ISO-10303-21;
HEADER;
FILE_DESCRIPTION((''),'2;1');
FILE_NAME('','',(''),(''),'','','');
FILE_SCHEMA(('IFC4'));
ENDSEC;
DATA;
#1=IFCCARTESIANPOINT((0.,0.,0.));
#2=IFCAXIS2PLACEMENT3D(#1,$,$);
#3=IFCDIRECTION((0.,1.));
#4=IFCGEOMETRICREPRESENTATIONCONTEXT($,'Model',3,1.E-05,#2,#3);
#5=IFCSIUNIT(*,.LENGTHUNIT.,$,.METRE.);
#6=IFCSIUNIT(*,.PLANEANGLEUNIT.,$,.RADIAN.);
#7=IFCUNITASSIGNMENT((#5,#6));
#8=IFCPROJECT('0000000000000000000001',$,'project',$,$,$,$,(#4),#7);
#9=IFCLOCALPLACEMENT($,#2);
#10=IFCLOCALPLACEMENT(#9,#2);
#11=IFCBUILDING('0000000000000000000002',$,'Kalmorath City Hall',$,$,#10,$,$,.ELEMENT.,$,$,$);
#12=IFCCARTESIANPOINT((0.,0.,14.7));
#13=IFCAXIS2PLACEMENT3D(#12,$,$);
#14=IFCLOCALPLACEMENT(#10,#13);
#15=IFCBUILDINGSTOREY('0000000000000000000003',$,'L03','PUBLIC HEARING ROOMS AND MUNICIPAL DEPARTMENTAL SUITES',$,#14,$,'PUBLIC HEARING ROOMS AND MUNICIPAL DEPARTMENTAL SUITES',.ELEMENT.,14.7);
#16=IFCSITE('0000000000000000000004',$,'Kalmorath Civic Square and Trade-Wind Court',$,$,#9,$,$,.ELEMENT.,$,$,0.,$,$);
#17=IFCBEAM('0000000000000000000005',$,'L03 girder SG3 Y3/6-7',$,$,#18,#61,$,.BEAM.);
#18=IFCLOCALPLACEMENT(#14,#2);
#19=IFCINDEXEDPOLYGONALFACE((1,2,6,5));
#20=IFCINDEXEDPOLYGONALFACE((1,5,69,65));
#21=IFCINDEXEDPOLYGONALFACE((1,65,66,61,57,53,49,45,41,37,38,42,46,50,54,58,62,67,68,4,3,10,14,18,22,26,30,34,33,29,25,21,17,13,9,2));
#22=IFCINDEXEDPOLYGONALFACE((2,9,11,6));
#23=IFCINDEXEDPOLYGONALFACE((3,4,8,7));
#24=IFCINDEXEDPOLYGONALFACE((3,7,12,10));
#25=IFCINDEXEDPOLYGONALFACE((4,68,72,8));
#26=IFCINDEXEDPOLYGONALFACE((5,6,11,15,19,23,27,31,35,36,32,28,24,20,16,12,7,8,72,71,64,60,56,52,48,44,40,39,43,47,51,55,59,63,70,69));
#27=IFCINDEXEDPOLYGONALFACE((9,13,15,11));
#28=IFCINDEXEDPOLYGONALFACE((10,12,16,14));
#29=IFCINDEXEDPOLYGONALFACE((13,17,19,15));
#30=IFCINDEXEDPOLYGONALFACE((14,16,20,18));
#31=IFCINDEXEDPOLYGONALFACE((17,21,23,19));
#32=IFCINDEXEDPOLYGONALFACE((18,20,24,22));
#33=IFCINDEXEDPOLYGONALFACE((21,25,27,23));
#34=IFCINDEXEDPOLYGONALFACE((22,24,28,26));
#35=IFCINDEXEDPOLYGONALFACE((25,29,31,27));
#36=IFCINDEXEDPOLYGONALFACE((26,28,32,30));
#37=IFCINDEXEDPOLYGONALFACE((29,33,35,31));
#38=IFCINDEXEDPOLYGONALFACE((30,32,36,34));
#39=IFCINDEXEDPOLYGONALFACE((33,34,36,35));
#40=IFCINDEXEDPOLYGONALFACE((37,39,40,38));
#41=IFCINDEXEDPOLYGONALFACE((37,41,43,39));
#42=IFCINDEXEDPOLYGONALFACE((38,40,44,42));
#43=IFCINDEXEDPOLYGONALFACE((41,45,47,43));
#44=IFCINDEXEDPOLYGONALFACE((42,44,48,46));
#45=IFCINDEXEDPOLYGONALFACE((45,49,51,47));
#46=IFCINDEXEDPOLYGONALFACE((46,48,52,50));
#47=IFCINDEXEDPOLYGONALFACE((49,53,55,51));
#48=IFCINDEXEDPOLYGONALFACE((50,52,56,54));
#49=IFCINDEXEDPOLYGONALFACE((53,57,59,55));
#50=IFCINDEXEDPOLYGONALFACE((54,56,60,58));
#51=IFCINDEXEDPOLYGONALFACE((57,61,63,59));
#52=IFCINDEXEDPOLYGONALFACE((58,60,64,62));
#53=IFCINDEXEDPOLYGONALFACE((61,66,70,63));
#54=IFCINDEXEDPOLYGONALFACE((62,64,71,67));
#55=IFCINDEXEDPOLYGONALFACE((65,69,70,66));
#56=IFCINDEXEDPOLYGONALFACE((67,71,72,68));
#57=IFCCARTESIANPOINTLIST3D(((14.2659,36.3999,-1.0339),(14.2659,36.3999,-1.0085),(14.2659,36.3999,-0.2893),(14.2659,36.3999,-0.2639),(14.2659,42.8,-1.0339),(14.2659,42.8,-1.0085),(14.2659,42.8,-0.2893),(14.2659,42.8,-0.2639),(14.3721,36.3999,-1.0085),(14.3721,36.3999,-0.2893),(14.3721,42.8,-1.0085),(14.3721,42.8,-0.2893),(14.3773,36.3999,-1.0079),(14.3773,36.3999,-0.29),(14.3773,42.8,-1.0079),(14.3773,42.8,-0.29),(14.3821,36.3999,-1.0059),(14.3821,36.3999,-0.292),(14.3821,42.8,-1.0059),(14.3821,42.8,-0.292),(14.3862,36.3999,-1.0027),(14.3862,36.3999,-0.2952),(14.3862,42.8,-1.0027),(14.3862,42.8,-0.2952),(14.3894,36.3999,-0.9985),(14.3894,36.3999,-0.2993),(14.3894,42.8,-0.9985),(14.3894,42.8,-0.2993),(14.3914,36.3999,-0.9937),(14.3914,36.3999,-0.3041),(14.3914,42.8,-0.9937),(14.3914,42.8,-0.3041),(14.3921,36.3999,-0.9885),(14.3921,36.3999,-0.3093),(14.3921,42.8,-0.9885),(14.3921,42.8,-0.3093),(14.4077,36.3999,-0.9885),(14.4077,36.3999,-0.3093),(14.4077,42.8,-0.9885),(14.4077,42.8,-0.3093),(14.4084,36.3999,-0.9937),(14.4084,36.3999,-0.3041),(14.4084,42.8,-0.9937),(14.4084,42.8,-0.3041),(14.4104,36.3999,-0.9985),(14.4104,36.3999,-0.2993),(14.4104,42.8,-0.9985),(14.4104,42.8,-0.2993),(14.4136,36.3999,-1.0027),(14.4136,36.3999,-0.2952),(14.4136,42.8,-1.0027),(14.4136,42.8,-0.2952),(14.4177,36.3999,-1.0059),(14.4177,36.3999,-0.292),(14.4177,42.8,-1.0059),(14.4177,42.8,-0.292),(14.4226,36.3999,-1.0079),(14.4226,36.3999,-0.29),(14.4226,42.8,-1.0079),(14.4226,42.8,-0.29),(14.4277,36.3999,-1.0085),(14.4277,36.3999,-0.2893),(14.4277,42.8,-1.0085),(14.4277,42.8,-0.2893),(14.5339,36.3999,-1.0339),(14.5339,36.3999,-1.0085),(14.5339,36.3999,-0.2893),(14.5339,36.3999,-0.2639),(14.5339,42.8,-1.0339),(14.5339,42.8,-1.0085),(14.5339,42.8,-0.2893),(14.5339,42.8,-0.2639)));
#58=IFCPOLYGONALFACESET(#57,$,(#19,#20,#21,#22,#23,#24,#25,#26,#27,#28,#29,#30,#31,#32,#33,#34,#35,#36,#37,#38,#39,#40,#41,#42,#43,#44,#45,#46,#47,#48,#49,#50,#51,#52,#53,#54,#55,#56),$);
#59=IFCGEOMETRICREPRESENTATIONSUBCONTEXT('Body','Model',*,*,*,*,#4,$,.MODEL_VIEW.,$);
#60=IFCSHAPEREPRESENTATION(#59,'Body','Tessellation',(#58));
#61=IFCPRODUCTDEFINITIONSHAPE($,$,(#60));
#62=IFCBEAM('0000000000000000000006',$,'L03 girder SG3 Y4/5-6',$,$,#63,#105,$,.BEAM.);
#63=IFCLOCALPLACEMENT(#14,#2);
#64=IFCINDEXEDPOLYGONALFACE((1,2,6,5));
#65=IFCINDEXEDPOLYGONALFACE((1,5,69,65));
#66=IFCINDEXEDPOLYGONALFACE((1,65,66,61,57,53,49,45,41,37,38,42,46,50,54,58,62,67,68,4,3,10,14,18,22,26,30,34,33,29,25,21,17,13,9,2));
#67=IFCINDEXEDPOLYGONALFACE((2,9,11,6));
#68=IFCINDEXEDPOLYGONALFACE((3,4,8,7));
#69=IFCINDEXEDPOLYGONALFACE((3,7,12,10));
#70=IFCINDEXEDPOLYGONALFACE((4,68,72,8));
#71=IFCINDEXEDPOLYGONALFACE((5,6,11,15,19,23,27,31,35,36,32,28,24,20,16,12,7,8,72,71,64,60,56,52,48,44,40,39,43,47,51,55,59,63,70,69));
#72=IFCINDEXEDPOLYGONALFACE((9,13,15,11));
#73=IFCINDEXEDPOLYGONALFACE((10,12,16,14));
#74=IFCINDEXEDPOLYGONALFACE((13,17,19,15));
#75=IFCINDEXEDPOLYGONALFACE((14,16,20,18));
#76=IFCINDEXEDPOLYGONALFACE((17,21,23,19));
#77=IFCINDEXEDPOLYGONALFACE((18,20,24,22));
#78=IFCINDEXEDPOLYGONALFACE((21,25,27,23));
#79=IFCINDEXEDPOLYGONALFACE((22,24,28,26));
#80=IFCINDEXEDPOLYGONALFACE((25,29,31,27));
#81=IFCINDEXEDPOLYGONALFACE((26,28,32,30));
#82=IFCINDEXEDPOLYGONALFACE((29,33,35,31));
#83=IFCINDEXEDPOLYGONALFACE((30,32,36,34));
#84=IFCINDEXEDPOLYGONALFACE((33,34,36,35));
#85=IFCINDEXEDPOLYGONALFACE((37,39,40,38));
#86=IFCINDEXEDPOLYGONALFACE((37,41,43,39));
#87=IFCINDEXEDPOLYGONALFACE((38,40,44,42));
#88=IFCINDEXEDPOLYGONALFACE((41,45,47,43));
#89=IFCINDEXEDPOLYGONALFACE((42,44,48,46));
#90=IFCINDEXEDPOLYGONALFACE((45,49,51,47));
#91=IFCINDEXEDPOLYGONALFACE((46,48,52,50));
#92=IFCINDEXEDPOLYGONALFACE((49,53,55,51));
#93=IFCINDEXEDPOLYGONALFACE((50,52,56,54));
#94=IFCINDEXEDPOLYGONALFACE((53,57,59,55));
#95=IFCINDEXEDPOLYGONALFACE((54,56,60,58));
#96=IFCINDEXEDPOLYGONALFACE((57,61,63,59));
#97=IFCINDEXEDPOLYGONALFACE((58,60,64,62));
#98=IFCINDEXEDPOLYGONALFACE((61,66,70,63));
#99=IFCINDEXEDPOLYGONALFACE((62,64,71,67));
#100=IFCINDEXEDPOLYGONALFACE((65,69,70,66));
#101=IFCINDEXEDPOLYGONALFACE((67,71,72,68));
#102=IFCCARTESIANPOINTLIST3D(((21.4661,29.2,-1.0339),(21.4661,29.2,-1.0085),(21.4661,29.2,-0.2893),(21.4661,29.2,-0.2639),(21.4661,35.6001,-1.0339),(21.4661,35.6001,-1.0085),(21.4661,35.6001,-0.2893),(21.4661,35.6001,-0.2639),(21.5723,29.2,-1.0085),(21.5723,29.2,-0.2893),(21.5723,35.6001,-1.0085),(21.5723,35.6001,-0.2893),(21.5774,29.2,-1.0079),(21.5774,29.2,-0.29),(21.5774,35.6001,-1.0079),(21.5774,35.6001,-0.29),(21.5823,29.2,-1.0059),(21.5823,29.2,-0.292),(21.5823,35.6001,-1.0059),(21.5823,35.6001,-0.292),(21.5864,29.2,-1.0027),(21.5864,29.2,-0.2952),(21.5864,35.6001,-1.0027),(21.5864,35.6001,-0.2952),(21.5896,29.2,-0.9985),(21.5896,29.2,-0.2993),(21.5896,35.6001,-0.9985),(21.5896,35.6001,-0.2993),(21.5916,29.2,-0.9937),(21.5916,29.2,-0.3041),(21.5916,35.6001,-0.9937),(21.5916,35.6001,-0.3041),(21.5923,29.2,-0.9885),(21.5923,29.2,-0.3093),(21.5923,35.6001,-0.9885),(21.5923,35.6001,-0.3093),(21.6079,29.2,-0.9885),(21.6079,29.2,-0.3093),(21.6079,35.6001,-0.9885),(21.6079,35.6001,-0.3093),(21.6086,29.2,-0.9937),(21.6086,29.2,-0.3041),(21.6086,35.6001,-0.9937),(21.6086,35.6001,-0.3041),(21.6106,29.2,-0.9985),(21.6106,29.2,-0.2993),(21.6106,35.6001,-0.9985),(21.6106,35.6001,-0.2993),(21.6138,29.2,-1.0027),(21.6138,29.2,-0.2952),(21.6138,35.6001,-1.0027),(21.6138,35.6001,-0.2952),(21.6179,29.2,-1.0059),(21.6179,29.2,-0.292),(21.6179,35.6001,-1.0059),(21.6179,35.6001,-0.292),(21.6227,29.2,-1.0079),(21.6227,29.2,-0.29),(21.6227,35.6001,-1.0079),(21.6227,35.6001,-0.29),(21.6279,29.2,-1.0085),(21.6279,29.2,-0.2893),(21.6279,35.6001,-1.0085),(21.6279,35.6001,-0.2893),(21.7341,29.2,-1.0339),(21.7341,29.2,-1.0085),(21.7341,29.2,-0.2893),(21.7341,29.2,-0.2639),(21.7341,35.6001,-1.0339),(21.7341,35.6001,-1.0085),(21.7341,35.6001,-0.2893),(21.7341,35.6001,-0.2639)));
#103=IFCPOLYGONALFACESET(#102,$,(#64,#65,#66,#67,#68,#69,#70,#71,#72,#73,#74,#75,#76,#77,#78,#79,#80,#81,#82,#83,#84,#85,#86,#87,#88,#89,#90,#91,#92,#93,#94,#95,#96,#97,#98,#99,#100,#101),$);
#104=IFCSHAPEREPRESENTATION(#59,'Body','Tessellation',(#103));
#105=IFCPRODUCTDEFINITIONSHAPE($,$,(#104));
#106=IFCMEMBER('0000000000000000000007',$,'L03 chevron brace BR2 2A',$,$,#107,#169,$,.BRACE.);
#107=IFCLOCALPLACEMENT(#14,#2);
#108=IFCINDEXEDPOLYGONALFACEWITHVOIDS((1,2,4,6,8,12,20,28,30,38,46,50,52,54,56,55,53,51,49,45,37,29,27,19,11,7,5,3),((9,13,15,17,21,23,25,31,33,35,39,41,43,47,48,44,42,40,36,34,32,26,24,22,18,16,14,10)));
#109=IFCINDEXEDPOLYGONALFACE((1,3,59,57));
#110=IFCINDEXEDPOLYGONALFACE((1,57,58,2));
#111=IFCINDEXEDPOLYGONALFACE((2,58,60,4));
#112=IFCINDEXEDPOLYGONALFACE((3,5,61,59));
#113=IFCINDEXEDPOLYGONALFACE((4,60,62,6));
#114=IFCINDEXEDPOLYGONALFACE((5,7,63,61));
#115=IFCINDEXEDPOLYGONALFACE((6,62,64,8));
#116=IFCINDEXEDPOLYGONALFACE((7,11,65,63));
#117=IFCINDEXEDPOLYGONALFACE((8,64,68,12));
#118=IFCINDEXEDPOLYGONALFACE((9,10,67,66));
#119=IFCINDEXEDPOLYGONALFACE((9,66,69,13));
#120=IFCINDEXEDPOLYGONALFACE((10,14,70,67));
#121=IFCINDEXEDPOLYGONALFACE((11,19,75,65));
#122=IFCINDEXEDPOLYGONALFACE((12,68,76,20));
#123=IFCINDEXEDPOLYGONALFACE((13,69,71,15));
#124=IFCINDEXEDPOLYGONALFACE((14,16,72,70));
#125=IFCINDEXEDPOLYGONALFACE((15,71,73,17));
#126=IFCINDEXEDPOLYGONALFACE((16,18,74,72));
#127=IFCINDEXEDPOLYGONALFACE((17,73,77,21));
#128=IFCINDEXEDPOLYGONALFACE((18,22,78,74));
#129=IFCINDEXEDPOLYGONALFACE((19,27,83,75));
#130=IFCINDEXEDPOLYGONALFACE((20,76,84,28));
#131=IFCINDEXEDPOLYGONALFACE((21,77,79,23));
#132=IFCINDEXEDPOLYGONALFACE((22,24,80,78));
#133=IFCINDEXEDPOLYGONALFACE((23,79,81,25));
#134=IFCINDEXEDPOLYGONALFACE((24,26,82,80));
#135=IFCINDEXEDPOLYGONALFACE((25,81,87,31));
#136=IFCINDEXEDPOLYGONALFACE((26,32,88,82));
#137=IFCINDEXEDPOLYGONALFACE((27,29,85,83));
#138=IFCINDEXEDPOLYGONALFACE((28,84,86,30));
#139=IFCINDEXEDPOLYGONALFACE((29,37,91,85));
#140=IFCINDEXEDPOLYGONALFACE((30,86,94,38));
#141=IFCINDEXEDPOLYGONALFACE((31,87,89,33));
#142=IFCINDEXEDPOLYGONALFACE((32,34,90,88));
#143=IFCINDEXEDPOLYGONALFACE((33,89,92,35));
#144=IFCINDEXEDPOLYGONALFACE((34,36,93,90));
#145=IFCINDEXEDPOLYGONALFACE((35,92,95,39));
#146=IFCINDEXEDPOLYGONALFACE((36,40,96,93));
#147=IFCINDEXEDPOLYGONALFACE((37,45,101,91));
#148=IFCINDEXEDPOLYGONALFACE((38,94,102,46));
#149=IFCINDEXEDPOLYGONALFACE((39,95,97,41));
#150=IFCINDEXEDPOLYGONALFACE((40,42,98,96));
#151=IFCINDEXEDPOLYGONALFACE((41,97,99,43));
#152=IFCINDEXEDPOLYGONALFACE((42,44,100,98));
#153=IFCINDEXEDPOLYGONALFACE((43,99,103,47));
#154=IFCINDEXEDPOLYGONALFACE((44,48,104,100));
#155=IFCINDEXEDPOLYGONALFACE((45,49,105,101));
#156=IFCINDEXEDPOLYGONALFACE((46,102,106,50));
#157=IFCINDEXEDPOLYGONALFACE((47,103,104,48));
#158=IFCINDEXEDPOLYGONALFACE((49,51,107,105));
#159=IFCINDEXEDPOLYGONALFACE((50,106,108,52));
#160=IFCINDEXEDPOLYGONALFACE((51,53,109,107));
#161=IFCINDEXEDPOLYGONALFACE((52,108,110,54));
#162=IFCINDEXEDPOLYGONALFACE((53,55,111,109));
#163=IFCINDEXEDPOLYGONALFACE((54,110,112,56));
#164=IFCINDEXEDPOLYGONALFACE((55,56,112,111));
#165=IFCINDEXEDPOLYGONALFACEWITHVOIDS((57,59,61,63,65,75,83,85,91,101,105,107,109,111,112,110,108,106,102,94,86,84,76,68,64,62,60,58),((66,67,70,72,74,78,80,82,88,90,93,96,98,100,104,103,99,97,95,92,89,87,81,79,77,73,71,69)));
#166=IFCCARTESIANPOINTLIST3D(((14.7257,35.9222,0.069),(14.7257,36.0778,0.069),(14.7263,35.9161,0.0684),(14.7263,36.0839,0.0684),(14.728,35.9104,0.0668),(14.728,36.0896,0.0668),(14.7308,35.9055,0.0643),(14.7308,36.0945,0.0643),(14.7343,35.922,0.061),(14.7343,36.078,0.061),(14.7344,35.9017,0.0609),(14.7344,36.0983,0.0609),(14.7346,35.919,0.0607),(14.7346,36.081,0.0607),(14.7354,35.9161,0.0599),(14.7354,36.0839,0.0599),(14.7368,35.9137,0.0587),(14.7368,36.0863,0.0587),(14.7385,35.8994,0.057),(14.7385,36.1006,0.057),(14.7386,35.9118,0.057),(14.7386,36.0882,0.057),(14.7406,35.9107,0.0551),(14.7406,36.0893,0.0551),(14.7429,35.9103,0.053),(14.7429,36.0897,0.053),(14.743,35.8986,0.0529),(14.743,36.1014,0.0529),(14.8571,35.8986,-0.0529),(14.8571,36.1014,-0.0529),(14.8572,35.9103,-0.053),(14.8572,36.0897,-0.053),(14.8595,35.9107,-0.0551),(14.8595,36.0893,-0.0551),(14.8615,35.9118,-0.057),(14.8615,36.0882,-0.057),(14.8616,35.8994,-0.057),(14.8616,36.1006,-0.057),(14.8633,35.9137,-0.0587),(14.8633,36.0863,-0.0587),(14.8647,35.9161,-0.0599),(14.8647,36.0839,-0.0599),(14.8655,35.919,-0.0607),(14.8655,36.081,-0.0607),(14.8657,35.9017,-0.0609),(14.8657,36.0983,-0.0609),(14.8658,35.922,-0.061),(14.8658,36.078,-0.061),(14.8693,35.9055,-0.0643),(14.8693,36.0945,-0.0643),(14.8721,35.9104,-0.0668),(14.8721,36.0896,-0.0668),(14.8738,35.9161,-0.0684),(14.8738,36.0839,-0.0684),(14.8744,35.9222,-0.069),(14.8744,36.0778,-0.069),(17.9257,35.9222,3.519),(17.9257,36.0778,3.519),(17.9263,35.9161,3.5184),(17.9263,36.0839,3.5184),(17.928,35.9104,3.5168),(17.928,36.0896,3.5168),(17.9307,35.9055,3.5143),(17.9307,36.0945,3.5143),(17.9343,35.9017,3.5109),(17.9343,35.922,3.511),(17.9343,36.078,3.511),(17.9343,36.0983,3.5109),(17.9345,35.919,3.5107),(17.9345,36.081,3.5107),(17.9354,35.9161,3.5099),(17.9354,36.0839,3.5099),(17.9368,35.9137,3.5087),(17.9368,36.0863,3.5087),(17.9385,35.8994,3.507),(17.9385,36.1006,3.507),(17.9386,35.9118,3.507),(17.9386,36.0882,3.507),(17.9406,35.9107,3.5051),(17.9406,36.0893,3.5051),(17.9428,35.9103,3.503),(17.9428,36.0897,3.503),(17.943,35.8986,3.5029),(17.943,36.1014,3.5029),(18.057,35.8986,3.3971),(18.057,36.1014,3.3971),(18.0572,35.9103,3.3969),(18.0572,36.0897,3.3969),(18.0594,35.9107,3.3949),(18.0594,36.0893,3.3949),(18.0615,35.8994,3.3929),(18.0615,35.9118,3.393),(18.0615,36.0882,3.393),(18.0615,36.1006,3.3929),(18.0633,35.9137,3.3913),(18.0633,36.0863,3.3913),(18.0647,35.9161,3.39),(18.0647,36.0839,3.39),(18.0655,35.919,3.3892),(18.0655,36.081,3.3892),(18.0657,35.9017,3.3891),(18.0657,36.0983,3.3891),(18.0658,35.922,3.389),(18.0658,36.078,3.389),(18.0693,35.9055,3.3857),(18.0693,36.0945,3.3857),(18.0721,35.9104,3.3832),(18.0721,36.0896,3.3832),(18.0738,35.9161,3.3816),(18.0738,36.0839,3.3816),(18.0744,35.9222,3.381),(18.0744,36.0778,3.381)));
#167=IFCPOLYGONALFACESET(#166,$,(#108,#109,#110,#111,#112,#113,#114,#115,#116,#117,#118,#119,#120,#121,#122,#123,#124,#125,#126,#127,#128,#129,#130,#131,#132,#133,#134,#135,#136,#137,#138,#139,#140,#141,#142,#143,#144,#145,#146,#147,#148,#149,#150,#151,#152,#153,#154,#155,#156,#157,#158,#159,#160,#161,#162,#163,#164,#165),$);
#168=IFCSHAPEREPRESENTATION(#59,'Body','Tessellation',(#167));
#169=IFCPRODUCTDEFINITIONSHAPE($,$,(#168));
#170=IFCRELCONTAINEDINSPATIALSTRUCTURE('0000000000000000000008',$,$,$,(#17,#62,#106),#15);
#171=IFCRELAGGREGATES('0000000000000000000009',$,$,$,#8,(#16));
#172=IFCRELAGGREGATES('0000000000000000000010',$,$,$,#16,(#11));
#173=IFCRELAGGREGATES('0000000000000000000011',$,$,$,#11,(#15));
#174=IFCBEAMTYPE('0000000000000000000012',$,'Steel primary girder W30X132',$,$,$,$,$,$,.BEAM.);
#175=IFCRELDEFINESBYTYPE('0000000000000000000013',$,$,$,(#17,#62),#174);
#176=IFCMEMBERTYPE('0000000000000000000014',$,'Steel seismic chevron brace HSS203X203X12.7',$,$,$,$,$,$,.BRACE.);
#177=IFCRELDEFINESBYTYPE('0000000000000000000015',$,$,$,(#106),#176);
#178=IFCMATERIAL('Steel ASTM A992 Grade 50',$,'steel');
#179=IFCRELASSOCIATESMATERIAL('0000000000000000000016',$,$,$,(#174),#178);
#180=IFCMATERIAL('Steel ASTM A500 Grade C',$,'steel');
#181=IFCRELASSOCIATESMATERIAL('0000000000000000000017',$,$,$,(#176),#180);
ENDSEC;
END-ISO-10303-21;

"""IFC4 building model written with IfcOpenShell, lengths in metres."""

from ifc_helpers import new_model, si_unit, direction, frame, origin, origin_2d, place, context, subcontext, project, spatial, hollow_rectangle, i_section, extrude, material, material_profile, profile_set, type_object, element, save


model = new_model("IFC4")

# Units and contexts
model_context = context("Model", 3, precision=1e-05, world=origin(), true_north=direction((0.0, 1.0)))
body_context = subcontext(model_context, "Body", "Model", "MODEL_VIEW")
ifc_project = project(units=[si_unit("LENGTHUNIT", "METRE"), si_unit("PLANEANGLEUNIT", "RADIAN")], contexts=[model_context])

# Site, building, storey
site_placement = place(None, origin())
site = spatial("IfcSite", under=ifc_project, at=site_placement, Name="Kalmorath Civic Square and Trade-Wind Court", CompositionType="ELEMENT", RefElevation=0.0)
building_placement = place(site_placement, origin())
building = spatial("IfcBuilding", under=site, at=building_placement, Name="Kalmorath City Hall", CompositionType="ELEMENT")
storey_placement = place(building_placement, frame((0.0, 0.0, 14.7)))
storey = spatial("IfcBuildingStorey", under=building, at=storey_placement, Name="L03", Description="PUBLIC HEARING ROOMS AND MUNICIPAL DEPARTMENTAL SUITES", LongName="PUBLIC HEARING ROOMS AND MUNICIPAL DEPARTMENTAL SUITES", CompositionType="ELEMENT", Elevation=14.7)

# Beams
ifc_material_1 = material(Name="Steel ASTM A992 Grade 50", Category="steel")
ifc_material_profile_1 = material_profile(ifc_material_1, i_section(OverallWidth=0.2681, OverallDepth=0.77, WebThickness=0.0156, FlangeThickness=0.0254, FilletRadius=0.02, at=origin_2d()), Name="W30X132")
ifc_profile_set_1 = profile_set([ifc_material_profile_1], Name="Steel ASTM A992 Grade 50")
beam_type_1 = type_object("IfcBeamType", Name="Steel primary girder W30X132", PredefinedType="BEAM", material=ifc_profile_set_1)
for number, where, z_axis, x_axis, name in (
    (1, (14.3999, 36.3999, -0.6489), (0.0, 1.0, 0.0), (-1.0, 0.0, 0.0), "L03 girder SG3 Y3/6-7"),
    (2, (21.6001, 29.2, -0.6489), (0.0, 1.0, 0.0), (-1.0, 0.0, 0.0), "L03 girder SG3 Y4/5-6"),
):
    element("IfcBeam", number, at=place(storey_placement, frame(where, z_axis=z_axis, x_axis=x_axis)), inside=storey, type_object=beam_type_1, Name=name, PredefinedType="BEAM", context=body_context, shape_type="SweptSolid", body=[
        extrude(i_section(OverallWidth=0.2681, OverallDepth=0.77, WebThickness=0.0156, FlangeThickness=0.0254, FilletRadius=0.02, at=origin_2d()), origin(), (0.0, 0.0, 1.0), 6.4001),
    ])

# Member
ifc_material_2 = material(Name="Steel ASTM A500 Grade C", Category="steel")
ifc_material_profile_2 = material_profile(ifc_material_2, hollow_rectangle(XDim=0.2029, YDim=0.2029, WallThickness=0.0117, InnerFilletRadius=0.0117, OuterFilletRadius=0.0237, at=origin_2d()), Name="HSS203X203X12.7")
ifc_profile_set_2 = profile_set([ifc_material_profile_2], Name="Steel ASTM A500 Grade C")
member_type_1 = type_object("IfcMemberType", Name="Steel seismic chevron brace HSS203X203X12.7", PredefinedType="BRACE", material=ifc_profile_set_2)
for number, where, z_axis, x_axis, name in (
    (3, (14.8, 36.0, 0.0), (0.680043, 0.0, 0.733172), (0.0, 1.0, 0.0), "L03 chevron brace BR2 2A"),
):
    element("IfcMember", number, at=place(storey_placement, frame(where, z_axis=z_axis, x_axis=x_axis)), inside=storey, type_object=member_type_1, Name=name, PredefinedType="BRACE", context=body_context, shape_type="SweptSolid", body=[
        extrude(hollow_rectangle(XDim=0.2029, YDim=0.2029, WallThickness=0.0117, InnerFilletRadius=0.0117, OuterFilletRadius=0.0237, at=origin_2d()), origin(), (0.0, 0.0, 1.0), 4.7056),
    ])

save(model, "model.ifc")
